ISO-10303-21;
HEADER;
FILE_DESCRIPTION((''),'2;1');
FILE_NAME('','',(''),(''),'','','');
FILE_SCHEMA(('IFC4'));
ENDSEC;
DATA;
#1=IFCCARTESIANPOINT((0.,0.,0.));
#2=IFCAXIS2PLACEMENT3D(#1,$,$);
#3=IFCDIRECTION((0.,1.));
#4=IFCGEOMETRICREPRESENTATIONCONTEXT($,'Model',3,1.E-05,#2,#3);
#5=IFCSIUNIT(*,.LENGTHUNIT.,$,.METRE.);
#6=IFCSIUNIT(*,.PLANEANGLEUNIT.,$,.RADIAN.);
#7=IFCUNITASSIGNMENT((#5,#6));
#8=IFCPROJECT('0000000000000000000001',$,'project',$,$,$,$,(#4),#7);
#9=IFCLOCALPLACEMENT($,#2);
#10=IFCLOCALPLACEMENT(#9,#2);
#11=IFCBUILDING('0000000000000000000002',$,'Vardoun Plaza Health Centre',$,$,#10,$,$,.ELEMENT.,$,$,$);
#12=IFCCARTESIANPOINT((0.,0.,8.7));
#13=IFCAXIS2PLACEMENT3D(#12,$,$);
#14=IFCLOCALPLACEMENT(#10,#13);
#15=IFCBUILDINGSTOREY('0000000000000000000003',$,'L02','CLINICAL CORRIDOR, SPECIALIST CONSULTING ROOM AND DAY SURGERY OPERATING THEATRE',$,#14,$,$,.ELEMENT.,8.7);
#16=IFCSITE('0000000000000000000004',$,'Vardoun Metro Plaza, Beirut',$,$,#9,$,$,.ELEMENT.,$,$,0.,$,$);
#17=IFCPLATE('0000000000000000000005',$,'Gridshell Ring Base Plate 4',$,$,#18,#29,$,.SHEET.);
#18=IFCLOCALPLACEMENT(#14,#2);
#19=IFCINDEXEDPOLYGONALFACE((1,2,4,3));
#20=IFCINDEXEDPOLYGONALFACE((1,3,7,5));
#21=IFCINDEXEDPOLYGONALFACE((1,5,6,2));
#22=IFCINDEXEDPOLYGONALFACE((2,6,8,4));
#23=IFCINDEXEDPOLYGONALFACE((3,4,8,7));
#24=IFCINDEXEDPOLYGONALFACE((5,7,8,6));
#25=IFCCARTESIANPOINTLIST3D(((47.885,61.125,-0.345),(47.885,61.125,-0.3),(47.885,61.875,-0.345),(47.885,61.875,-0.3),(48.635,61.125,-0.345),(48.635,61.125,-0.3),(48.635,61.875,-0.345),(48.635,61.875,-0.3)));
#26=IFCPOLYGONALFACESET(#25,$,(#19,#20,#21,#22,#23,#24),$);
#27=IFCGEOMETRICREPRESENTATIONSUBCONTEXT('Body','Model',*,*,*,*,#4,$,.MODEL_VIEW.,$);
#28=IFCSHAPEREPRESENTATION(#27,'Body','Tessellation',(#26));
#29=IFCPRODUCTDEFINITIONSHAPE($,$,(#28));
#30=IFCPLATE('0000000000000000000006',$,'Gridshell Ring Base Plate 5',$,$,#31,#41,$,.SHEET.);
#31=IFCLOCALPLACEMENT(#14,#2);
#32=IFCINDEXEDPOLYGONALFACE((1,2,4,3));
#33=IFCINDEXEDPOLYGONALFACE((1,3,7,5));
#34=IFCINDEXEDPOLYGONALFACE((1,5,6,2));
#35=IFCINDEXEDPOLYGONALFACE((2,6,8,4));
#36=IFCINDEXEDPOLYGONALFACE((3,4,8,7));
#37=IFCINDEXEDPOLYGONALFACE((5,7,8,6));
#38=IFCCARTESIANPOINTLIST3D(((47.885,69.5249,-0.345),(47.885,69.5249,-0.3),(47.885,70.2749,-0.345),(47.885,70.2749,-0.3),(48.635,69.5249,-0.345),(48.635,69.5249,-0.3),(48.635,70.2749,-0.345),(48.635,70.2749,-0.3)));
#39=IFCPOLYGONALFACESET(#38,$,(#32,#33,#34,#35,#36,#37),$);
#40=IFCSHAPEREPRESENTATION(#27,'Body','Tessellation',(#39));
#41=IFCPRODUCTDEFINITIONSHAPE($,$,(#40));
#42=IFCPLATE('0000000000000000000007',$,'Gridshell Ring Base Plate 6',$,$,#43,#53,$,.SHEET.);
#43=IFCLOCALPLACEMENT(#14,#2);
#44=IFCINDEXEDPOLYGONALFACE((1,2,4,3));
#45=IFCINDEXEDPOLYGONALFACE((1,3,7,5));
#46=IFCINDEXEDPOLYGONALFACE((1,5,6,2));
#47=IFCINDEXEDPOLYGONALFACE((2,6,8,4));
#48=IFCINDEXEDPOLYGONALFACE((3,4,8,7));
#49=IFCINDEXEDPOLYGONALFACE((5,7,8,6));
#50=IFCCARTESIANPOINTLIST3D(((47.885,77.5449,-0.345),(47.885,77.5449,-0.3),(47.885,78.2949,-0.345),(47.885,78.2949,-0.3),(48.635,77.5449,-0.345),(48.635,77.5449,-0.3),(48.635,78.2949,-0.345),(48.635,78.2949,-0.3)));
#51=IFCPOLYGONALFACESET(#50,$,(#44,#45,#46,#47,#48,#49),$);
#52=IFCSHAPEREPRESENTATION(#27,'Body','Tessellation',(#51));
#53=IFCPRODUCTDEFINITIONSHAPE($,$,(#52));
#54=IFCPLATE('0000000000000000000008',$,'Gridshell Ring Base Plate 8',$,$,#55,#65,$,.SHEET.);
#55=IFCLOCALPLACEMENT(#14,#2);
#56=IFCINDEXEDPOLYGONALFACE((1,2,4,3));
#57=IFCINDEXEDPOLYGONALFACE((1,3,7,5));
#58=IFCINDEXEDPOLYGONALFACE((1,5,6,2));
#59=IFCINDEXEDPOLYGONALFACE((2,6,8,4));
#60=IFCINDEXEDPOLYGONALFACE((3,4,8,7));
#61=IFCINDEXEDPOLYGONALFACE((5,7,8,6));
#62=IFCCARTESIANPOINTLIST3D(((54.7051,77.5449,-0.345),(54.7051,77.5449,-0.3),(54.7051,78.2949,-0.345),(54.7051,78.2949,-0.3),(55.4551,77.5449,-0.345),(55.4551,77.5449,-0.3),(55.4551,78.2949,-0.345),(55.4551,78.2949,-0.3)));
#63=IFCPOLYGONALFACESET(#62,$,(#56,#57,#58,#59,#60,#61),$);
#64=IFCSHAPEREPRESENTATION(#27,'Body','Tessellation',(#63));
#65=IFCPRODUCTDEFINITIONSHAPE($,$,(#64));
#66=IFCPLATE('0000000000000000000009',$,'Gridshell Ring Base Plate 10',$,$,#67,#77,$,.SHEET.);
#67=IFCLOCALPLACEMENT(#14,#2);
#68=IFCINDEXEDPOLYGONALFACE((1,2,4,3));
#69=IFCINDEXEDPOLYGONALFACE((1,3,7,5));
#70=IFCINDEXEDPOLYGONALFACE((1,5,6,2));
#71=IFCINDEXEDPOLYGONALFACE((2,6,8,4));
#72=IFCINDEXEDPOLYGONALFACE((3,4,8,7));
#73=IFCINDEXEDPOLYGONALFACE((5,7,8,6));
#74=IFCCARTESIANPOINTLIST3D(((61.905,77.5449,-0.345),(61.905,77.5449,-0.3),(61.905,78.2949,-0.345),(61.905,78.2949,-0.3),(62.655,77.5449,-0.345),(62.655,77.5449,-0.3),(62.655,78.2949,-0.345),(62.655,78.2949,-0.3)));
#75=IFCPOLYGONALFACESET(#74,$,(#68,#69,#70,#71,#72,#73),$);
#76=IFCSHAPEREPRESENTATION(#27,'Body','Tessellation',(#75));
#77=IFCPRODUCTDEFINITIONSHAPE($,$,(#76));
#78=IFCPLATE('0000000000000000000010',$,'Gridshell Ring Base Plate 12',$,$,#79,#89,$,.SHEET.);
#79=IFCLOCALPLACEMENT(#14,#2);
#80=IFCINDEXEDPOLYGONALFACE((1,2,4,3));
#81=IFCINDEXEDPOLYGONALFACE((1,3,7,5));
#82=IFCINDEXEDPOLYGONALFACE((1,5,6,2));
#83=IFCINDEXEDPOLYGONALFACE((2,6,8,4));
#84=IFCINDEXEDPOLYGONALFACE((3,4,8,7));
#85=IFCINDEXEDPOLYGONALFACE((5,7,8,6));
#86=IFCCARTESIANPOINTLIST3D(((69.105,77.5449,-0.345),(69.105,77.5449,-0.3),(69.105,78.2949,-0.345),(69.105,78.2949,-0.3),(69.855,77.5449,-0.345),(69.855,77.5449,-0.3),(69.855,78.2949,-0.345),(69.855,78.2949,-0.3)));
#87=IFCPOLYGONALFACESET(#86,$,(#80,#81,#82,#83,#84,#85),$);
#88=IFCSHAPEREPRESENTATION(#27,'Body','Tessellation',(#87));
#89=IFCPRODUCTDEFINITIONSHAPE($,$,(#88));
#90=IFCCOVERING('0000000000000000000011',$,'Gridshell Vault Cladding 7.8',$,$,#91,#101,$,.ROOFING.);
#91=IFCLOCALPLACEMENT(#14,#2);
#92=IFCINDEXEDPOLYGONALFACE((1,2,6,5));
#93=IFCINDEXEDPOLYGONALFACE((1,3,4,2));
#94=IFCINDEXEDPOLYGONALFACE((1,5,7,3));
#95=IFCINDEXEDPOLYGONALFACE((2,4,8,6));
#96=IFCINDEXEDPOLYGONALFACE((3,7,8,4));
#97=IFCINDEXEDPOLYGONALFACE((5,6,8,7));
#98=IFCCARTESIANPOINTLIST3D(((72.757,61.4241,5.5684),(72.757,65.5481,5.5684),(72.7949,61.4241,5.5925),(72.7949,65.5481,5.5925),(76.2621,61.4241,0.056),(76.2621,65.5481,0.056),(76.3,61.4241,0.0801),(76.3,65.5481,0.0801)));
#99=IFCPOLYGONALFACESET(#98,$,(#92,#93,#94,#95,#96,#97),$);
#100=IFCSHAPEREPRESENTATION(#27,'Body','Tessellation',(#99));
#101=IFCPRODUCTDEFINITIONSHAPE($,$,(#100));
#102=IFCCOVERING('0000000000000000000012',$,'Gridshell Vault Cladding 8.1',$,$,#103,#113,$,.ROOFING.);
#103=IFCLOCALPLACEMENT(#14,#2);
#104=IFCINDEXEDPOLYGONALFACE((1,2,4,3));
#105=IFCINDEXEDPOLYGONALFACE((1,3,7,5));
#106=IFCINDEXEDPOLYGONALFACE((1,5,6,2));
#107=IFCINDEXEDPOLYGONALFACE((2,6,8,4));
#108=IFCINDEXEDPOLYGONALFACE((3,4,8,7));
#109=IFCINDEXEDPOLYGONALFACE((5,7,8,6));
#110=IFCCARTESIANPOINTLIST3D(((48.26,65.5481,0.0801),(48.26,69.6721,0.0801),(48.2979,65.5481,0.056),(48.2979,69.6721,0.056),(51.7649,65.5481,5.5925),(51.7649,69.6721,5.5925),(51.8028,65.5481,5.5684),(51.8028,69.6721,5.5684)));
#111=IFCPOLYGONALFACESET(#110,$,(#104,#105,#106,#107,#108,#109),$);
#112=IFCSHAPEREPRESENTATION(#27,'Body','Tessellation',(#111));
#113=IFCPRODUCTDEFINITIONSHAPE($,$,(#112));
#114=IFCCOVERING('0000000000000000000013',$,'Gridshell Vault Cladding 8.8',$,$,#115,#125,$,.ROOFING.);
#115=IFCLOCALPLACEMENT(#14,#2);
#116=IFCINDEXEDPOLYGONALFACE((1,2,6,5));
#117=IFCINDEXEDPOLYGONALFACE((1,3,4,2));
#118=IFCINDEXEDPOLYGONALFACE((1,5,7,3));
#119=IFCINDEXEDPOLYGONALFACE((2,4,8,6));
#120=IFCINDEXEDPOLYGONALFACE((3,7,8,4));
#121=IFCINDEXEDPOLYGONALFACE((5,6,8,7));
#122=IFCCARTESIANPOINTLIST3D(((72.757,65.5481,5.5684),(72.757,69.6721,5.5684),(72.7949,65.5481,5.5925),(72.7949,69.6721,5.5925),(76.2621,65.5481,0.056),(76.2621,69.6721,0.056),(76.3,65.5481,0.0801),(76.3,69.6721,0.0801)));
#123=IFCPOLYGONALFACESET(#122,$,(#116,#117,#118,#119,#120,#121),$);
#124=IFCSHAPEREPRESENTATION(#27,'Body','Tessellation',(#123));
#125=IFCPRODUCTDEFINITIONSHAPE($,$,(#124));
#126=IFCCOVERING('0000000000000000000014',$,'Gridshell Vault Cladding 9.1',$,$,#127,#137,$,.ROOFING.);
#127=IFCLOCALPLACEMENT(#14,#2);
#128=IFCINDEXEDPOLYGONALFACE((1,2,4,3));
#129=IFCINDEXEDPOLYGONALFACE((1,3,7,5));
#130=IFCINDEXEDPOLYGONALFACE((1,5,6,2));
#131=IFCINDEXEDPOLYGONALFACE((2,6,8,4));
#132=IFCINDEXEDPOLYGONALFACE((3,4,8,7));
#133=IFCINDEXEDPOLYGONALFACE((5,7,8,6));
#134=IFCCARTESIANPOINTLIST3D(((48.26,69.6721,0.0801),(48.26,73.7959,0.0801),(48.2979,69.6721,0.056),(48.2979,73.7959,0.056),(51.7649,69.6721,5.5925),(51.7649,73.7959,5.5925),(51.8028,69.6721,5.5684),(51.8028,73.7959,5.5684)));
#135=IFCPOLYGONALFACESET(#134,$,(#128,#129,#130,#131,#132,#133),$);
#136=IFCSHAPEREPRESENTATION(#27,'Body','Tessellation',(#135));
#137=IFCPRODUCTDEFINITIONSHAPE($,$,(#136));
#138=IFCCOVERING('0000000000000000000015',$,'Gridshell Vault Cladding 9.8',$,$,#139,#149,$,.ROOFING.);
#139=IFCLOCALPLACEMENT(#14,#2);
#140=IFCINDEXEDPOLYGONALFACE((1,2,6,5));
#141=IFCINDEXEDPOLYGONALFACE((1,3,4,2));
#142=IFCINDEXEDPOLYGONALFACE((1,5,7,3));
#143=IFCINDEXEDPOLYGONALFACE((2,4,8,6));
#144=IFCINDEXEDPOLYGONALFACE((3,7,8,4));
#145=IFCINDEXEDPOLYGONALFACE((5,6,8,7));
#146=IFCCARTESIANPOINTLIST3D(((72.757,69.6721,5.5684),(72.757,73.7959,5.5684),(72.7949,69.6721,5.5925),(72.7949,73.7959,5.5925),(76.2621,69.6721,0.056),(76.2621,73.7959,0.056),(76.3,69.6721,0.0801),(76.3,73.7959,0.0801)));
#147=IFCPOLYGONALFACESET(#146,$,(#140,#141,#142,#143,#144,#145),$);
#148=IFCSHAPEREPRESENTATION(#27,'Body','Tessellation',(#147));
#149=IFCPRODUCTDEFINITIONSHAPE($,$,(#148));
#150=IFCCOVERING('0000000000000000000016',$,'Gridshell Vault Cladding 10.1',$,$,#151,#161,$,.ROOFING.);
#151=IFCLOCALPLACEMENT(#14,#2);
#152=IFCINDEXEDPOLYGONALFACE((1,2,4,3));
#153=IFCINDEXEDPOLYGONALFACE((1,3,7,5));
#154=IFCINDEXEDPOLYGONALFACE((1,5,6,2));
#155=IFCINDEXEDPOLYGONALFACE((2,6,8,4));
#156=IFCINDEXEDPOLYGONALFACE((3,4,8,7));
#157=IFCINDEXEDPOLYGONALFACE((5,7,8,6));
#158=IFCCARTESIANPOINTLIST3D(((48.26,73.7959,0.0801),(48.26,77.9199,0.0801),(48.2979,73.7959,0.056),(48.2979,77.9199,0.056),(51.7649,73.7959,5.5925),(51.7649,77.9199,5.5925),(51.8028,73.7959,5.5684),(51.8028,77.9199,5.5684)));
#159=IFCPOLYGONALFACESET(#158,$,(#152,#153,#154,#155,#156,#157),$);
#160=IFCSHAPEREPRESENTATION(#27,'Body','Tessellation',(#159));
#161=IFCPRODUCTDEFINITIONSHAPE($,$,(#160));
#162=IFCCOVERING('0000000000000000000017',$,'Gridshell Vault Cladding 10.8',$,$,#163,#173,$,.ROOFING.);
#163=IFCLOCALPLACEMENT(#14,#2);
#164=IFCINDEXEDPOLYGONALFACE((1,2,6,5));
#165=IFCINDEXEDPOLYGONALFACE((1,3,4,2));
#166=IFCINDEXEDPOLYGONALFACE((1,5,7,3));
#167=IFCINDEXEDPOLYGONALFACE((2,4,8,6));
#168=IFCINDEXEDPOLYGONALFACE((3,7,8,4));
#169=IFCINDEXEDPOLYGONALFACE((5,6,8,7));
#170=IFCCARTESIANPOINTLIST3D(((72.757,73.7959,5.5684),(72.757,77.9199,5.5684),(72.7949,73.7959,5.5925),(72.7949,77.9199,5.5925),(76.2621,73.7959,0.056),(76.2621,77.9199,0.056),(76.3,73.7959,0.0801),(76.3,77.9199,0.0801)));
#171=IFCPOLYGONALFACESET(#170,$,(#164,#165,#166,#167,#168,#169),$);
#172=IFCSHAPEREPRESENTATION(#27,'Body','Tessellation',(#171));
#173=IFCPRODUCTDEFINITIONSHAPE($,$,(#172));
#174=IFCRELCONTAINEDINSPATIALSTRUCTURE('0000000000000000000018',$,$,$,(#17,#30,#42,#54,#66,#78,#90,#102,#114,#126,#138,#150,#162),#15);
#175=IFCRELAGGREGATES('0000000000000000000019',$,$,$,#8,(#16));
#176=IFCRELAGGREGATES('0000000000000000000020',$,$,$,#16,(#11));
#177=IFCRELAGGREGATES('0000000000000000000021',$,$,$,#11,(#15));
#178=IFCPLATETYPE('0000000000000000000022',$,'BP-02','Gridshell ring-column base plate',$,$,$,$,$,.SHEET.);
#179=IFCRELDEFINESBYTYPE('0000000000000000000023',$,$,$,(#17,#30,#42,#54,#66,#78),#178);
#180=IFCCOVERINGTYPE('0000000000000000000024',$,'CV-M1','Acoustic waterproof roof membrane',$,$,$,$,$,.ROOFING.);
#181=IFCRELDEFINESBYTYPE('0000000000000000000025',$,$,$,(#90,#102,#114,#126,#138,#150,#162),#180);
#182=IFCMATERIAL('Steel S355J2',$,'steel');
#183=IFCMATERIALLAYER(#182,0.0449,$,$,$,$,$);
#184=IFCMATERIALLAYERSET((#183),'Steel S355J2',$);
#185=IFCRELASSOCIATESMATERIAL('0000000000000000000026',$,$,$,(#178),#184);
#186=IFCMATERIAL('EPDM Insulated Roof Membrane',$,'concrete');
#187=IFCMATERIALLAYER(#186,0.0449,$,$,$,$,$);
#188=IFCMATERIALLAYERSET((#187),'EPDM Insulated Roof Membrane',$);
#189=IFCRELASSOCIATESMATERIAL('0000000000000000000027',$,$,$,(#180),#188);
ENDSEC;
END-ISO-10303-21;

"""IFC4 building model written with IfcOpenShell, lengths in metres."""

from ifc_helpers import new_model, si_unit, direction, frame, origin, origin_2d, place, context, subcontext, project, spatial, polyline, rectangle, outline, extrude, material, layer, layer_set, type_object, element, save


model = new_model("IFC4")

# Units and contexts
model_context = context("Model", 3, precision=1e-05, world=origin(), true_north=direction((0.0, 1.0)))
body_context = subcontext(model_context, "Body", "Model", "MODEL_VIEW")
ifc_project = project(units=[si_unit("LENGTHUNIT", "METRE"), si_unit("PLANEANGLEUNIT", "RADIAN")], contexts=[model_context])

# Site, building, storey
site_placement = place(None, origin())
site = spatial("IfcSite", under=ifc_project, at=site_placement, Name="Vardoun Metro Plaza, Beirut", CompositionType="ELEMENT", RefElevation=0.0)
building_placement = place(site_placement, origin())
building = spatial("IfcBuilding", under=site, at=building_placement, Name="Vardoun Plaza Health Centre", CompositionType="ELEMENT")
storey_placement = place(building_placement, frame((0.0, 0.0, 8.7)))
storey = spatial("IfcBuildingStorey", under=building, at=storey_placement, Name="L02", Description="CLINICAL CORRIDOR, SPECIALIST CONSULTING ROOM AND DAY SURGERY OPERATING THEATRE", CompositionType="ELEMENT", Elevation=8.7)

# Plates
ifc_material_1 = material(Name="Steel S355J2", Category="steel")
ifc_layer_1 = layer(ifc_material_1, 0.0449)
ifc_layer_set_1 = layer_set([ifc_layer_1], Name="Steel S355J2")
plate_type = type_object("IfcPlateType", Name="BP-02", Description="Gridshell ring-column base plate", PredefinedType="SHEET", material=ifc_layer_set_1)
for number, where, z_axis, x_axis, name in (
    (1, (48.26, 61.5, -0.345), (0.0, 0.0, 1.0), (1.0, 0.0, 0.0), "Gridshell Ring Base Plate 4"),
    (2, (48.26, 69.8999, -0.345), (0.0, 0.0, 1.0), (1.0, 0.0, 0.0), "Gridshell Ring Base Plate 5"),
    (3, (48.26, 77.9199, -0.345), (0.0, 0.0, 1.0), (1.0, 0.0, 0.0), "Gridshell Ring Base Plate 6"),
    (4, (55.0801, 77.9199, -0.345), (0.0, 0.0, 1.0), (1.0, 0.0, 0.0), "Gridshell Ring Base Plate 8"),
    (5, (62.28, 77.9199, -0.345), (0.0, 0.0, 1.0), (1.0, 0.0, 0.0), "Gridshell Ring Base Plate 10"),
    (6, (69.48, 77.9199, -0.345), (0.0, 0.0, 1.0), (1.0, 0.0, 0.0), "Gridshell Ring Base Plate 12"),
):
    element("IfcPlate", number, at=place(storey_placement, frame(where, z_axis=z_axis, x_axis=x_axis)), inside=storey, type_object=plate_type, Name=name, PredefinedType="SHEET", context=body_context, shape_type="SweptSolid", body=[
        extrude(rectangle(XDim=0.75, YDim=0.75, at=origin_2d()), origin(), (0.0, 0.0, 1.0), 0.0449),
    ])

# Coverings
ifc_material_2 = material(Name="EPDM Insulated Roof Membrane", Category="concrete")
ifc_layer_2 = layer(ifc_material_2, 0.0449)
ifc_layer_set_2 = layer_set([ifc_layer_2], Name="EPDM Insulated Roof Membrane")
covering_type = type_object("IfcCoveringType", Name="CV-M1", Description="Acoustic waterproof roof membrane", PredefinedType="ROOFING", material=ifc_layer_set_2)
covering_1_placement = place(storey_placement, frame((72.7949, 61.4241, 5.5925), z_axis=(0.843855, 0.0, 0.536571), x_axis=(0.536571, 0.0, -0.843855)))
element("IfcCovering", 7, at=covering_1_placement, inside=storey, type_object=covering_type, Name="Gridshell Vault Cladding 7.8", PredefinedType="ROOFING", context=body_context, shape_type="SweptSolid", body=[
    extrude(outline(polyline([(0.0, 0.0), (6.5325, 0.0), (6.5325, 4.124), (0.0, 4.124), (0.0, 0.0)])), origin(), (0.0, 0.0, -1.0), 0.0449),
])
covering_2_placement = place(storey_placement, frame((48.26, 65.5481, 0.0801), z_axis=(-0.843872, 0.0, 0.536544), x_axis=(0.536544, 0.0, 0.843872)))
element("IfcCovering", 8, at=covering_2_placement, inside=storey, type_object=covering_type, Name="Gridshell Vault Cladding 8.1", PredefinedType="ROOFING", context=body_context, shape_type="SweptSolid", body=[
    extrude(outline(polyline([(0.0, 0.0), (6.5323, 0.0), (6.5323, 4.124), (0.0, 4.124), (0.0, 0.0)])), origin(), (0.0, 0.0, -1.0), 0.0449),
])
covering_3_placement = place(storey_placement, frame((72.7949, 65.5481, 5.5925), z_axis=(0.843855, 0.0, 0.536571), x_axis=(0.536571, 0.0, -0.843855)))
element("IfcCovering", 9, at=covering_3_placement, inside=storey, type_object=covering_type, Name="Gridshell Vault Cladding 8.8", PredefinedType="ROOFING", context=body_context, shape_type="SweptSolid", body=[
    extrude(outline(polyline([(0.0, 0.0), (6.5325, 0.0), (6.5325, 4.124), (0.0, 4.124), (0.0, 0.0)])), origin(), (0.0, 0.0, -1.0), 0.0449),
])
covering_4_placement = place(storey_placement, frame((48.26, 69.6721, 0.0801), z_axis=(-0.843872, 0.0, 0.536544), x_axis=(0.536544, 0.0, 0.843872)))
element("IfcCovering", 10, at=covering_4_placement, inside=storey, type_object=covering_type, Name="Gridshell Vault Cladding 9.1", PredefinedType="ROOFING", context=body_context, shape_type="SweptSolid", body=[
    extrude(outline(polyline([(0.0, 0.0), (6.5323, 0.0), (6.5323, 4.1238), (0.0, 4.1238), (0.0, 0.0)])), origin(), (0.0, 0.0, -1.0), 0.0449),
])
covering_5_placement = place(storey_placement, frame((72.7949, 69.6721, 5.5925), z_axis=(0.843855, 0.0, 0.536571), x_axis=(0.536571, 0.0, -0.843855)))
element("IfcCovering", 11, at=covering_5_placement, inside=storey, type_object=covering_type, Name="Gridshell Vault Cladding 9.8", PredefinedType="ROOFING", context=body_context, shape_type="SweptSolid", body=[
    extrude(outline(polyline([(0.0, 0.0), (6.5325, 0.0), (6.5325, 4.1238), (0.0, 4.1238), (0.0, 0.0)])), origin(), (0.0, 0.0, -1.0), 0.0449),
])
covering_6_placement = place(storey_placement, frame((48.26, 73.7959, 0.0801), z_axis=(-0.843872, 0.0, 0.536544), x_axis=(0.536544, 0.0, 0.843872)))
element("IfcCovering", 12, at=covering_6_placement, inside=storey, type_object=covering_type, Name="Gridshell Vault Cladding 10.1", PredefinedType="ROOFING", context=body_context, shape_type="SweptSolid", body=[
    extrude(outline(polyline([(0.0, 0.0), (6.5323, 0.0), (6.5323, 4.124), (0.0, 4.124), (0.0, 0.0)])), origin(), (0.0, 0.0, -1.0), 0.0449),
])
covering_7_placement = place(storey_placement, frame((72.7949, 73.7959, 5.5925), z_axis=(0.843855, 0.0, 0.536571), x_axis=(0.536571, 0.0, -0.843855)))
element("IfcCovering", 13, at=covering_7_placement, inside=storey, type_object=covering_type, Name="Gridshell Vault Cladding 10.8", PredefinedType="ROOFING", context=body_context, shape_type="SweptSolid", body=[
    extrude(outline(polyline([(0.0, 0.0), (6.5325, 0.0), (6.5325, 4.124), (0.0, 4.124), (0.0, 0.0)])), origin(), (0.0, 0.0, -1.0), 0.0449),
])

save(model, "model.ifc")
